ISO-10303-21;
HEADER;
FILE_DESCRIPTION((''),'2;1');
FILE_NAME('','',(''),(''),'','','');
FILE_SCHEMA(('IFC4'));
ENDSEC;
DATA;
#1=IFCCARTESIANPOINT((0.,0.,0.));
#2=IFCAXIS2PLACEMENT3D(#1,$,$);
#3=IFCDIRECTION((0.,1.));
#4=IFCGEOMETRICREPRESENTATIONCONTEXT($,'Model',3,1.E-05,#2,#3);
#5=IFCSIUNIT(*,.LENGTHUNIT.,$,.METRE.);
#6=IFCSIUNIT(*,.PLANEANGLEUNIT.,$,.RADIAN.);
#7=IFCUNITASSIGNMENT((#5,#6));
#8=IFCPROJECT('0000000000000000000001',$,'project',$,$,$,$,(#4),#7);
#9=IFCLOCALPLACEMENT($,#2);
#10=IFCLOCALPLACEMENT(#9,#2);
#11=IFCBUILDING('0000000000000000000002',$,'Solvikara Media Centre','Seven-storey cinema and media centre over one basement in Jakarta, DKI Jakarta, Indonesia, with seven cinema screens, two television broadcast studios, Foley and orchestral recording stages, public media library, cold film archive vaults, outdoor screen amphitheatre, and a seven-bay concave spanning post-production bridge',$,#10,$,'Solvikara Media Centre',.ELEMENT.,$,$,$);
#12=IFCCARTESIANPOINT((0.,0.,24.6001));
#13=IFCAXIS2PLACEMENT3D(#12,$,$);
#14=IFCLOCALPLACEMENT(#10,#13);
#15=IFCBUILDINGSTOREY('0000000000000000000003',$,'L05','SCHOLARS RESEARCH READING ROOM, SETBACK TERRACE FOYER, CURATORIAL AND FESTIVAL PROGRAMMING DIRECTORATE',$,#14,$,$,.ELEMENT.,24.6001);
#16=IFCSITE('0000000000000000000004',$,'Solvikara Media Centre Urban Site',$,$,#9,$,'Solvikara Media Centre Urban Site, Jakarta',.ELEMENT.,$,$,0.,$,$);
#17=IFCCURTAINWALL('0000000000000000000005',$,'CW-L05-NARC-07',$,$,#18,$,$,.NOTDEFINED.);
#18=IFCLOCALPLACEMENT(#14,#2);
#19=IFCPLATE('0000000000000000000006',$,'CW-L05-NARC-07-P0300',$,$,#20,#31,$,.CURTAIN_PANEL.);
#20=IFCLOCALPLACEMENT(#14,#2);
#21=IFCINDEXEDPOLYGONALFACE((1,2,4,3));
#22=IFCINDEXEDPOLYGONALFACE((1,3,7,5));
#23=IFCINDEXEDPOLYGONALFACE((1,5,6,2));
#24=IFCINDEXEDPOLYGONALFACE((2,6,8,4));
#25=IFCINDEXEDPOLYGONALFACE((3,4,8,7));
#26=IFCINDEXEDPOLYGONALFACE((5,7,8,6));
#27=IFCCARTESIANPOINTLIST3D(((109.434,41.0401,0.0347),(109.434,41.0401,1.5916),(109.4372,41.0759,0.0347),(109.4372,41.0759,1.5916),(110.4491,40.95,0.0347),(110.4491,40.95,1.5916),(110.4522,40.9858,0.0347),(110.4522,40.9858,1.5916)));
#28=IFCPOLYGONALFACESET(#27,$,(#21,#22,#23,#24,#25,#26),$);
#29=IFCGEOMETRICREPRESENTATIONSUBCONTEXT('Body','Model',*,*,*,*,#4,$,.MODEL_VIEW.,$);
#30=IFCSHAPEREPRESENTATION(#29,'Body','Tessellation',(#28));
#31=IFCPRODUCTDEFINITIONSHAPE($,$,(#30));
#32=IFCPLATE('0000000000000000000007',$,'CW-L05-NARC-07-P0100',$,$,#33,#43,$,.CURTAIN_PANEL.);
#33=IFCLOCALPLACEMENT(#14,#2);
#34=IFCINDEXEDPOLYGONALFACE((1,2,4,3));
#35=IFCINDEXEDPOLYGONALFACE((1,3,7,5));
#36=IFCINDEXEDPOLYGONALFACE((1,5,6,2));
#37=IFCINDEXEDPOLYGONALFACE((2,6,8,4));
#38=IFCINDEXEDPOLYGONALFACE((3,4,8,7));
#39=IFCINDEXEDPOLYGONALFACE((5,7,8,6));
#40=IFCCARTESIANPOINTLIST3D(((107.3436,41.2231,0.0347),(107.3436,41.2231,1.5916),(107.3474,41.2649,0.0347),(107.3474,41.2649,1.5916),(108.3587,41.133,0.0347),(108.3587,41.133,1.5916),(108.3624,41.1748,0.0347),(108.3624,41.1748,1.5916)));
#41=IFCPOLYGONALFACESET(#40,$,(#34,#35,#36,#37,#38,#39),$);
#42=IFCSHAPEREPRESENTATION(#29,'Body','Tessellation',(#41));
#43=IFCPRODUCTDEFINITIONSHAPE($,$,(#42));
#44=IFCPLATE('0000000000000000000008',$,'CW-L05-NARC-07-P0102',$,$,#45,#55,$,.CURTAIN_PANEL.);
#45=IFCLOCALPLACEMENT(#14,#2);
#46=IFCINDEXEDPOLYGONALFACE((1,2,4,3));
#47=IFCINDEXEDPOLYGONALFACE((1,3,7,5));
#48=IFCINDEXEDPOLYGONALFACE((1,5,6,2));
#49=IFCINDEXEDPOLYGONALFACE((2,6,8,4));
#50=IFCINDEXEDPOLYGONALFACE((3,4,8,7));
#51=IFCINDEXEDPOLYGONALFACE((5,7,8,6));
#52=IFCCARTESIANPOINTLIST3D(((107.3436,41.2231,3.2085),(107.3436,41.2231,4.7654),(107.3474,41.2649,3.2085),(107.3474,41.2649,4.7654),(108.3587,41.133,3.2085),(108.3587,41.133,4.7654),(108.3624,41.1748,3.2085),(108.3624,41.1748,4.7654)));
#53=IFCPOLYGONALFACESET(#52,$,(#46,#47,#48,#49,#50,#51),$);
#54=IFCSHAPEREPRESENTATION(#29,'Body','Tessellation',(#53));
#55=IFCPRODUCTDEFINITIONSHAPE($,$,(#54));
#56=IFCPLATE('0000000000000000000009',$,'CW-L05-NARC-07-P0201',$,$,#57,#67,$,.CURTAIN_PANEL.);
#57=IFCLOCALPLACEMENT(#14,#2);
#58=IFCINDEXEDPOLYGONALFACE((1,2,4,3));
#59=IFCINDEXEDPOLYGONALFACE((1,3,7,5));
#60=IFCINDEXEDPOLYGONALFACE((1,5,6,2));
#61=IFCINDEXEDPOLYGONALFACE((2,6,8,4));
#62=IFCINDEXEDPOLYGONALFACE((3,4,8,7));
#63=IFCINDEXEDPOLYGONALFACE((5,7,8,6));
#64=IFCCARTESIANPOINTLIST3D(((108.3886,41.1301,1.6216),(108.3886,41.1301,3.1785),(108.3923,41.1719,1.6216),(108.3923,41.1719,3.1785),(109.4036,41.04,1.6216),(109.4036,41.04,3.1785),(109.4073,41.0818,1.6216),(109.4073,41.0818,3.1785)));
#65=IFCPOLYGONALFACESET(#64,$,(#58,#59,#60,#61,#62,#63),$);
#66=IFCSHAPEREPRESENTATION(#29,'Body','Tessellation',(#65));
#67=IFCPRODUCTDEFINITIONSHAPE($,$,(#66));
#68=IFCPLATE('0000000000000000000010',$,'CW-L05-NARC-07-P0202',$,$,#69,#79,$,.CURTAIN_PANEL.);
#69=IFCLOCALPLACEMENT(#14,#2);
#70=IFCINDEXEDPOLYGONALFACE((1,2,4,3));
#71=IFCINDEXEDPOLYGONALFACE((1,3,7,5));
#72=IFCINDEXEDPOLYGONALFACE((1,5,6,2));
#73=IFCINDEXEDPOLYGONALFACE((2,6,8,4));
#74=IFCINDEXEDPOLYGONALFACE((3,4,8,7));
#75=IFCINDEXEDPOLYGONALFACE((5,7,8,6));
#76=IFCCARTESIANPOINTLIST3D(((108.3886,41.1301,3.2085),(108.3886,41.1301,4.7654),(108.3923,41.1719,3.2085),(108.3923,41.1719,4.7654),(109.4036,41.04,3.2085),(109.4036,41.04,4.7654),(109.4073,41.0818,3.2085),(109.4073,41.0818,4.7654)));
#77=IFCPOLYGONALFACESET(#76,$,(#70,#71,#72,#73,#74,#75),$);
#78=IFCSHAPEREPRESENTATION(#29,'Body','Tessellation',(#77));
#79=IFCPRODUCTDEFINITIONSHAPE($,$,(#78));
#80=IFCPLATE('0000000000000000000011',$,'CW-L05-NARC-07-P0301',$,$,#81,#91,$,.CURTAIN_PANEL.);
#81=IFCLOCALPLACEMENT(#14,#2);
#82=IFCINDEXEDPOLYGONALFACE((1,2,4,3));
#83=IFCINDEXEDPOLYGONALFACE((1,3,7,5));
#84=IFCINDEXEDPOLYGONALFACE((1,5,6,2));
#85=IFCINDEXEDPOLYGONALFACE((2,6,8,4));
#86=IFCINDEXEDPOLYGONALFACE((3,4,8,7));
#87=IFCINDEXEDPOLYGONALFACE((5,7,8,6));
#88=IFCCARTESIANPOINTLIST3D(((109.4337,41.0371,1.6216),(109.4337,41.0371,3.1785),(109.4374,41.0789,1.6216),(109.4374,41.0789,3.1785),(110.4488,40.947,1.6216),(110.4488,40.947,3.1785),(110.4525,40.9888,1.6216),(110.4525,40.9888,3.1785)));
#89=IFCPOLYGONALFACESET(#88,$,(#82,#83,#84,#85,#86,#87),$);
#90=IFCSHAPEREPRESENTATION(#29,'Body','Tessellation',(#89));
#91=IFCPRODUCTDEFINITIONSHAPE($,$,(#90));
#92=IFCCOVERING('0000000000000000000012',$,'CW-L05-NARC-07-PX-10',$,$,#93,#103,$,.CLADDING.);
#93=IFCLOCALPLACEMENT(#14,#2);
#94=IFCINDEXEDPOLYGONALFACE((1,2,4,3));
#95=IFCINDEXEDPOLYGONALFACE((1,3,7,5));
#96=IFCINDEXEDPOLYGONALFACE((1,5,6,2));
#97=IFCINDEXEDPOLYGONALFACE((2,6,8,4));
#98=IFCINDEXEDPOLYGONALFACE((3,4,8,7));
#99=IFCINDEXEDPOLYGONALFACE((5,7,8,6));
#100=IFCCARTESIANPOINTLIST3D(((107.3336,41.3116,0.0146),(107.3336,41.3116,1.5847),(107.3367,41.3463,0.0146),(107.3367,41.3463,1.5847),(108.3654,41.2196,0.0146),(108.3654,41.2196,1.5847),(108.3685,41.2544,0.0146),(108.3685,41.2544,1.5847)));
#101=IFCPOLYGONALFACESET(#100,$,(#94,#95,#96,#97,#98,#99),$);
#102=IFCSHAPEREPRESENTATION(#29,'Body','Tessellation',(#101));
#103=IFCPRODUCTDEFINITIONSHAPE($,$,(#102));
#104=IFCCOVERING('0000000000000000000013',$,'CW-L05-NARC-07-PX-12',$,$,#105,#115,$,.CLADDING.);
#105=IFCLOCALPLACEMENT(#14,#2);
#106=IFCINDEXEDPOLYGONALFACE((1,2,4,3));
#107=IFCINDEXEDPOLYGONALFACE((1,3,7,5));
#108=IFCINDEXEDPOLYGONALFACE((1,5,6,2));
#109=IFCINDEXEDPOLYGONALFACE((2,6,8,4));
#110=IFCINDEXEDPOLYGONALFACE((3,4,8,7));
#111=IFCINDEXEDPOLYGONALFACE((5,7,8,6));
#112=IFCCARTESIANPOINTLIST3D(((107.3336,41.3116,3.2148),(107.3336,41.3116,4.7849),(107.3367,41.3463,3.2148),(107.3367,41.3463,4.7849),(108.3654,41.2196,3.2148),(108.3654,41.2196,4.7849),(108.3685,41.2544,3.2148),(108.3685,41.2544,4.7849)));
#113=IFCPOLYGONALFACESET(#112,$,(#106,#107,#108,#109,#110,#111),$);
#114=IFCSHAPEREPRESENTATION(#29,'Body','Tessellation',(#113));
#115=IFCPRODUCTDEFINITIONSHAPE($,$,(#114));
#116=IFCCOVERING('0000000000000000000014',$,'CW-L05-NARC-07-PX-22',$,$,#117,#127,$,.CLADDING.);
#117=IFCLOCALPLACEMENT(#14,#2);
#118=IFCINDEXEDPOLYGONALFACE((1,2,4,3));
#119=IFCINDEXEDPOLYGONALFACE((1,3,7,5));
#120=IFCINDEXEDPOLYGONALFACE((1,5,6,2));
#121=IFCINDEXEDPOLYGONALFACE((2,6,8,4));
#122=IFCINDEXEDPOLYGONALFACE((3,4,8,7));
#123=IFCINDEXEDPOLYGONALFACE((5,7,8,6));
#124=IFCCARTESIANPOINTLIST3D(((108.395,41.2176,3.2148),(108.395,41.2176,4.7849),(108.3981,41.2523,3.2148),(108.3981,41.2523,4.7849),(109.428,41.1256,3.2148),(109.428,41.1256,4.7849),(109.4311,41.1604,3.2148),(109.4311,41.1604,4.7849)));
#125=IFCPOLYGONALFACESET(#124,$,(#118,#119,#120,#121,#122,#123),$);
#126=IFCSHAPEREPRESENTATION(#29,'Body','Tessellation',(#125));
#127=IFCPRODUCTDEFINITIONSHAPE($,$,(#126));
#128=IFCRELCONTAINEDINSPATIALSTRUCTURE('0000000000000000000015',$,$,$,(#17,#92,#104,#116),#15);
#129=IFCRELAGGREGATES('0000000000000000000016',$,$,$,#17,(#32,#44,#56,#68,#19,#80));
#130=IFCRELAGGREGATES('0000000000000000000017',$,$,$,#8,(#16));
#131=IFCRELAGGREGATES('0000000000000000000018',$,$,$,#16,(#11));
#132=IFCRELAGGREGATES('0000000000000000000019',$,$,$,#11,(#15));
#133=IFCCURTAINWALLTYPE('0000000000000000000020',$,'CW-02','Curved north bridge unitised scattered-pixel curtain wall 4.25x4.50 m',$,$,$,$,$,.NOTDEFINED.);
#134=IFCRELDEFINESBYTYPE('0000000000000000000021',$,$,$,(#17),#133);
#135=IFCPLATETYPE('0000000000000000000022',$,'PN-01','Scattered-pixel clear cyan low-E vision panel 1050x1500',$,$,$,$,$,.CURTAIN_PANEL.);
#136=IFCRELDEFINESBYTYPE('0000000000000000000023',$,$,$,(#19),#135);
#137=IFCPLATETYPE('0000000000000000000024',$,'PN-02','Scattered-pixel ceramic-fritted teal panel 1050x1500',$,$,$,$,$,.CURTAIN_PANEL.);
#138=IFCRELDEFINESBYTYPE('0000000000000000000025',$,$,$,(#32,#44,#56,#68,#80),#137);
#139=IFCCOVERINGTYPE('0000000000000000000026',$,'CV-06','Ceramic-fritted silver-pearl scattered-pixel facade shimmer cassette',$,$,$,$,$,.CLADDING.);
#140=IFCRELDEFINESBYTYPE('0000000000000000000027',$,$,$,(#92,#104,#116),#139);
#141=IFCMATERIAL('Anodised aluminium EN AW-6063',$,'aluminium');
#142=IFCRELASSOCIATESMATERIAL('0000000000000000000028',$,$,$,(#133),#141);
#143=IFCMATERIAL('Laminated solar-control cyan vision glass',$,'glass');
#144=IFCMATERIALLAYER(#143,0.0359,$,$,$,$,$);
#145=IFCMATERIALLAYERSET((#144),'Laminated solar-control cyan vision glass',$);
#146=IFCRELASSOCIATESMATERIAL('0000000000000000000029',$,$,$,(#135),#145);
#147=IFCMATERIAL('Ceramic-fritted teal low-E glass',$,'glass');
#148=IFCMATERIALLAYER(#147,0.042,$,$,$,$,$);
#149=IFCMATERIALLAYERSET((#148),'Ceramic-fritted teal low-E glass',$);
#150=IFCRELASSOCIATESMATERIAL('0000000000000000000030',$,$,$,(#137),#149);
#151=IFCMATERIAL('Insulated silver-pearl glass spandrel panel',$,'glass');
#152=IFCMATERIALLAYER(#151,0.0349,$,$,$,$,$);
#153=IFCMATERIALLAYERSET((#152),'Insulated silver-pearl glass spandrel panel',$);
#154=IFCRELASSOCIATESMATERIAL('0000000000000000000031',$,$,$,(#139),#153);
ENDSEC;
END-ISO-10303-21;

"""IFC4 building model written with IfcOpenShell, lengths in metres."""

from ifc_helpers import new_model, si_unit, direction, frame, origin, origin_2d, place, context, subcontext, project, spatial, rectangle, extrude, material, layer, layer_set, type_object, element, aggregate, save


model = new_model("IFC4")

# Units and contexts
model_context = context("Model", 3, precision=1e-05, world=origin(), true_north=direction((0.0, 1.0)))
body_context = subcontext(model_context, "Body", "Model", "MODEL_VIEW")
ifc_project = project(units=[si_unit("LENGTHUNIT", "METRE"), si_unit("PLANEANGLEUNIT", "RADIAN")], contexts=[model_context])

# Site, building, storey
site_placement = place(None, origin())
site = spatial("IfcSite", under=ifc_project, at=site_placement, Name="Solvikara Media Centre Urban Site", LongName="Solvikara Media Centre Urban Site, Jakarta", CompositionType="ELEMENT", RefElevation=0.0)
building_placement = place(site_placement, origin())
building = spatial("IfcBuilding", under=site, at=building_placement, Name="Solvikara Media Centre", Description="Seven-storey cinema and media centre over one basement in Jakarta, DKI Jakarta, Indonesia, with seven cinema screens, two television broadcast studios, Foley and orchestral recording stages, public media library, cold film archive vaults, outdoor screen amphitheatre, and a seven-bay concave spanning post-production bridge", LongName="Solvikara Media Centre", CompositionType="ELEMENT")
storey_placement = place(building_placement, frame((0.0, 0.0, 24.6001)))
storey = spatial("IfcBuildingStorey", under=building, at=storey_placement, Name="L05", Description="SCHOLARS RESEARCH READING ROOM, SETBACK TERRACE FOYER, CURATORIAL AND FESTIVAL PROGRAMMING DIRECTORATE", CompositionType="ELEMENT", Elevation=24.6001)

# Curtain wall
ifc_material_1 = material(Name="Anodised aluminium EN AW-6063", Category="aluminium")
curtain_wall_type = type_object("IfcCurtainWallType", Name="CW-02", Description="Curved north bridge unitised scattered-pixel curtain wall 4.25x4.50 m", PredefinedType="NOTDEFINED", material=ifc_material_1)
curtain_wall_placement = place(storey_placement, origin())
curtain_wall = element("IfcCurtainWall", 1, at=curtain_wall_placement, inside=storey, type_object=curtain_wall_type, Name="CW-L05-NARC-07", PredefinedType="NOTDEFINED")

# Plates
ifc_material_2 = material(Name="Laminated solar-control cyan vision glass", Category="glass")
ifc_layer_1 = layer(ifc_material_2, 0.0359)
ifc_layer_set_1 = layer_set([ifc_layer_1], Name="Laminated solar-control cyan vision glass")
plate_type_1 = type_object("IfcPlateType", Name="PN-01", Description="Scattered-pixel clear cyan low-E vision panel 1050x1500", PredefinedType="CURTAIN_PANEL", material=ifc_layer_set_1)
plate_1_placement = place(storey_placement, frame((109.9431, 41.0129, 0.0347), z_axis=(0.0, 0.0, 1.0), x_axis=(0.996084, -0.088408, 0.0)))
plate_1 = element("IfcPlate", 2, at=plate_1_placement, type_object=plate_type_1, Name="CW-L05-NARC-07-P0300", PredefinedType="CURTAIN_PANEL", context=body_context, shape_type="SweptSolid", body=[
    extrude(rectangle(XDim=1.019, YDim=0.0359, at=origin_2d()), origin(), (0.0, 0.0, 1.0), 1.5569),
])
ifc_material_3 = material(Name="Ceramic-fritted teal low-E glass", Category="glass")
ifc_layer_2 = layer(ifc_material_3, 0.042)
ifc_layer_set_2 = layer_set([ifc_layer_2], Name="Ceramic-fritted teal low-E glass")
plate_type_2 = type_object("IfcPlateType", Name="PN-02", Description="Scattered-pixel ceramic-fritted teal panel 1050x1500", PredefinedType="CURTAIN_PANEL", material=ifc_layer_set_2)
plate_2_placement = place(storey_placement, frame((107.853, 41.199, 0.0347), z_axis=(0.0, 0.0, 1.0), x_axis=(0.996084, -0.088408, 0.0)))
plate_2 = element("IfcPlate", 3, at=plate_2_placement, type_object=plate_type_2, Name="CW-L05-NARC-07-P0100", PredefinedType="CURTAIN_PANEL", context=body_context, shape_type="SweptSolid", body=[
    extrude(rectangle(XDim=1.019, YDim=0.042, at=origin_2d()), origin(), (0.0, 0.0, 1.0), 1.5569),
])
plate_3_placement = place(storey_placement, frame((107.853, 41.199, 3.2085), z_axis=(0.0, 0.0, 1.0), x_axis=(0.996084, -0.088408, 0.0)))
plate_3 = element("IfcPlate", 4, at=plate_3_placement, type_object=plate_type_2, Name="CW-L05-NARC-07-P0102", PredefinedType="CURTAIN_PANEL", context=body_context, shape_type="SweptSolid", body=[
    extrude(rectangle(XDim=1.019, YDim=0.042, at=origin_2d()), origin(), (0.0, 0.0, 1.0), 1.5569),
])
plate_4_placement = place(storey_placement, frame((108.8979, 41.106, 1.6216), z_axis=(0.0, 0.0, 1.0), x_axis=(0.996084, -0.088408, 0.0)))
plate_4 = element("IfcPlate", 5, at=plate_4_placement, type_object=plate_type_2, Name="CW-L05-NARC-07-P0201", PredefinedType="CURTAIN_PANEL", context=body_context, shape_type="SweptSolid", body=[
    extrude(rectangle(XDim=1.019, YDim=0.042, at=origin_2d()), origin(), (0.0, 0.0, 1.0), 1.5569),
])
plate_5_placement = place(storey_placement, frame((108.8979, 41.106, 3.2085), z_axis=(0.0, 0.0, 1.0), x_axis=(0.996084, -0.088408, 0.0)))
plate_5 = element("IfcPlate", 6, at=plate_5_placement, type_object=plate_type_2, Name="CW-L05-NARC-07-P0202", PredefinedType="CURTAIN_PANEL", context=body_context, shape_type="SweptSolid", body=[
    extrude(rectangle(XDim=1.019, YDim=0.042, at=origin_2d()), origin(), (0.0, 0.0, 1.0), 1.5569),
])
plate_6_placement = place(storey_placement, frame((109.9431, 41.0129, 1.6216), z_axis=(0.0, 0.0, 1.0), x_axis=(0.996084, -0.088408, 0.0)))
plate_6 = element("IfcPlate", 7, at=plate_6_placement, type_object=plate_type_2, Name="CW-L05-NARC-07-P0301", PredefinedType="CURTAIN_PANEL", context=body_context, shape_type="SweptSolid", body=[
    extrude(rectangle(XDim=1.019, YDim=0.042, at=origin_2d()), origin(), (0.0, 0.0, 1.0), 1.5569),
])
aggregate(curtain_wall, [plate_2, plate_3, plate_4, plate_5, plate_1, plate_6])

# Coverings
ifc_material_4 = material(Name="Insulated silver-pearl glass spandrel panel", Category="glass")
ifc_layer_3 = layer(ifc_material_4, 0.0349)
ifc_layer_set_3 = layer_set([ifc_layer_3], Name="Insulated silver-pearl glass spandrel panel")
covering_type = type_object("IfcCoveringType", Name="CV-06", Description="Ceramic-fritted silver-pearl scattered-pixel facade shimmer cassette", PredefinedType="CLADDING", material=ifc_layer_set_3)
for number, where, z_axis, x_axis, name in (
    (8, (107.8511, 41.283, 0.0146), (0.0, 0.0, 1.0), (0.99605, -0.08879, 0.0), "CW-L05-NARC-07-PX-10"),
    (9, (107.8511, 41.283, 3.2148), (0.0, 0.0, 1.0), (0.99605, -0.08879, 0.0), "CW-L05-NARC-07-PX-12"),
):
    element("IfcCovering", number, at=place(storey_placement, frame(where, z_axis=z_axis, x_axis=x_axis)), inside=storey, type_object=covering_type, Name=name, PredefinedType="CLADDING", context=body_context, shape_type="SweptSolid", body=[
        extrude(rectangle(XDim=1.0359, YDim=0.0349, at=origin_2d()), origin(), (0.0, 0.0, 1.0), 1.5701),
    ])
covering_placement = place(storey_placement, frame((108.9131, 41.189, 3.2148), z_axis=(0.0, 0.0, 1.0), x_axis=(0.996058, -0.088703, 0.0)))
element("IfcCovering", 10, at=covering_placement, inside=storey, type_object=covering_type, Name="CW-L05-NARC-07-PX-22", PredefinedType="CLADDING", context=body_context, shape_type="SweptSolid", body=[
    extrude(rectangle(XDim=1.0371, YDim=0.0349, at=origin_2d()), origin(), (0.0, 0.0, 1.0), 1.5701),
])

save(model, "model.ifc")
